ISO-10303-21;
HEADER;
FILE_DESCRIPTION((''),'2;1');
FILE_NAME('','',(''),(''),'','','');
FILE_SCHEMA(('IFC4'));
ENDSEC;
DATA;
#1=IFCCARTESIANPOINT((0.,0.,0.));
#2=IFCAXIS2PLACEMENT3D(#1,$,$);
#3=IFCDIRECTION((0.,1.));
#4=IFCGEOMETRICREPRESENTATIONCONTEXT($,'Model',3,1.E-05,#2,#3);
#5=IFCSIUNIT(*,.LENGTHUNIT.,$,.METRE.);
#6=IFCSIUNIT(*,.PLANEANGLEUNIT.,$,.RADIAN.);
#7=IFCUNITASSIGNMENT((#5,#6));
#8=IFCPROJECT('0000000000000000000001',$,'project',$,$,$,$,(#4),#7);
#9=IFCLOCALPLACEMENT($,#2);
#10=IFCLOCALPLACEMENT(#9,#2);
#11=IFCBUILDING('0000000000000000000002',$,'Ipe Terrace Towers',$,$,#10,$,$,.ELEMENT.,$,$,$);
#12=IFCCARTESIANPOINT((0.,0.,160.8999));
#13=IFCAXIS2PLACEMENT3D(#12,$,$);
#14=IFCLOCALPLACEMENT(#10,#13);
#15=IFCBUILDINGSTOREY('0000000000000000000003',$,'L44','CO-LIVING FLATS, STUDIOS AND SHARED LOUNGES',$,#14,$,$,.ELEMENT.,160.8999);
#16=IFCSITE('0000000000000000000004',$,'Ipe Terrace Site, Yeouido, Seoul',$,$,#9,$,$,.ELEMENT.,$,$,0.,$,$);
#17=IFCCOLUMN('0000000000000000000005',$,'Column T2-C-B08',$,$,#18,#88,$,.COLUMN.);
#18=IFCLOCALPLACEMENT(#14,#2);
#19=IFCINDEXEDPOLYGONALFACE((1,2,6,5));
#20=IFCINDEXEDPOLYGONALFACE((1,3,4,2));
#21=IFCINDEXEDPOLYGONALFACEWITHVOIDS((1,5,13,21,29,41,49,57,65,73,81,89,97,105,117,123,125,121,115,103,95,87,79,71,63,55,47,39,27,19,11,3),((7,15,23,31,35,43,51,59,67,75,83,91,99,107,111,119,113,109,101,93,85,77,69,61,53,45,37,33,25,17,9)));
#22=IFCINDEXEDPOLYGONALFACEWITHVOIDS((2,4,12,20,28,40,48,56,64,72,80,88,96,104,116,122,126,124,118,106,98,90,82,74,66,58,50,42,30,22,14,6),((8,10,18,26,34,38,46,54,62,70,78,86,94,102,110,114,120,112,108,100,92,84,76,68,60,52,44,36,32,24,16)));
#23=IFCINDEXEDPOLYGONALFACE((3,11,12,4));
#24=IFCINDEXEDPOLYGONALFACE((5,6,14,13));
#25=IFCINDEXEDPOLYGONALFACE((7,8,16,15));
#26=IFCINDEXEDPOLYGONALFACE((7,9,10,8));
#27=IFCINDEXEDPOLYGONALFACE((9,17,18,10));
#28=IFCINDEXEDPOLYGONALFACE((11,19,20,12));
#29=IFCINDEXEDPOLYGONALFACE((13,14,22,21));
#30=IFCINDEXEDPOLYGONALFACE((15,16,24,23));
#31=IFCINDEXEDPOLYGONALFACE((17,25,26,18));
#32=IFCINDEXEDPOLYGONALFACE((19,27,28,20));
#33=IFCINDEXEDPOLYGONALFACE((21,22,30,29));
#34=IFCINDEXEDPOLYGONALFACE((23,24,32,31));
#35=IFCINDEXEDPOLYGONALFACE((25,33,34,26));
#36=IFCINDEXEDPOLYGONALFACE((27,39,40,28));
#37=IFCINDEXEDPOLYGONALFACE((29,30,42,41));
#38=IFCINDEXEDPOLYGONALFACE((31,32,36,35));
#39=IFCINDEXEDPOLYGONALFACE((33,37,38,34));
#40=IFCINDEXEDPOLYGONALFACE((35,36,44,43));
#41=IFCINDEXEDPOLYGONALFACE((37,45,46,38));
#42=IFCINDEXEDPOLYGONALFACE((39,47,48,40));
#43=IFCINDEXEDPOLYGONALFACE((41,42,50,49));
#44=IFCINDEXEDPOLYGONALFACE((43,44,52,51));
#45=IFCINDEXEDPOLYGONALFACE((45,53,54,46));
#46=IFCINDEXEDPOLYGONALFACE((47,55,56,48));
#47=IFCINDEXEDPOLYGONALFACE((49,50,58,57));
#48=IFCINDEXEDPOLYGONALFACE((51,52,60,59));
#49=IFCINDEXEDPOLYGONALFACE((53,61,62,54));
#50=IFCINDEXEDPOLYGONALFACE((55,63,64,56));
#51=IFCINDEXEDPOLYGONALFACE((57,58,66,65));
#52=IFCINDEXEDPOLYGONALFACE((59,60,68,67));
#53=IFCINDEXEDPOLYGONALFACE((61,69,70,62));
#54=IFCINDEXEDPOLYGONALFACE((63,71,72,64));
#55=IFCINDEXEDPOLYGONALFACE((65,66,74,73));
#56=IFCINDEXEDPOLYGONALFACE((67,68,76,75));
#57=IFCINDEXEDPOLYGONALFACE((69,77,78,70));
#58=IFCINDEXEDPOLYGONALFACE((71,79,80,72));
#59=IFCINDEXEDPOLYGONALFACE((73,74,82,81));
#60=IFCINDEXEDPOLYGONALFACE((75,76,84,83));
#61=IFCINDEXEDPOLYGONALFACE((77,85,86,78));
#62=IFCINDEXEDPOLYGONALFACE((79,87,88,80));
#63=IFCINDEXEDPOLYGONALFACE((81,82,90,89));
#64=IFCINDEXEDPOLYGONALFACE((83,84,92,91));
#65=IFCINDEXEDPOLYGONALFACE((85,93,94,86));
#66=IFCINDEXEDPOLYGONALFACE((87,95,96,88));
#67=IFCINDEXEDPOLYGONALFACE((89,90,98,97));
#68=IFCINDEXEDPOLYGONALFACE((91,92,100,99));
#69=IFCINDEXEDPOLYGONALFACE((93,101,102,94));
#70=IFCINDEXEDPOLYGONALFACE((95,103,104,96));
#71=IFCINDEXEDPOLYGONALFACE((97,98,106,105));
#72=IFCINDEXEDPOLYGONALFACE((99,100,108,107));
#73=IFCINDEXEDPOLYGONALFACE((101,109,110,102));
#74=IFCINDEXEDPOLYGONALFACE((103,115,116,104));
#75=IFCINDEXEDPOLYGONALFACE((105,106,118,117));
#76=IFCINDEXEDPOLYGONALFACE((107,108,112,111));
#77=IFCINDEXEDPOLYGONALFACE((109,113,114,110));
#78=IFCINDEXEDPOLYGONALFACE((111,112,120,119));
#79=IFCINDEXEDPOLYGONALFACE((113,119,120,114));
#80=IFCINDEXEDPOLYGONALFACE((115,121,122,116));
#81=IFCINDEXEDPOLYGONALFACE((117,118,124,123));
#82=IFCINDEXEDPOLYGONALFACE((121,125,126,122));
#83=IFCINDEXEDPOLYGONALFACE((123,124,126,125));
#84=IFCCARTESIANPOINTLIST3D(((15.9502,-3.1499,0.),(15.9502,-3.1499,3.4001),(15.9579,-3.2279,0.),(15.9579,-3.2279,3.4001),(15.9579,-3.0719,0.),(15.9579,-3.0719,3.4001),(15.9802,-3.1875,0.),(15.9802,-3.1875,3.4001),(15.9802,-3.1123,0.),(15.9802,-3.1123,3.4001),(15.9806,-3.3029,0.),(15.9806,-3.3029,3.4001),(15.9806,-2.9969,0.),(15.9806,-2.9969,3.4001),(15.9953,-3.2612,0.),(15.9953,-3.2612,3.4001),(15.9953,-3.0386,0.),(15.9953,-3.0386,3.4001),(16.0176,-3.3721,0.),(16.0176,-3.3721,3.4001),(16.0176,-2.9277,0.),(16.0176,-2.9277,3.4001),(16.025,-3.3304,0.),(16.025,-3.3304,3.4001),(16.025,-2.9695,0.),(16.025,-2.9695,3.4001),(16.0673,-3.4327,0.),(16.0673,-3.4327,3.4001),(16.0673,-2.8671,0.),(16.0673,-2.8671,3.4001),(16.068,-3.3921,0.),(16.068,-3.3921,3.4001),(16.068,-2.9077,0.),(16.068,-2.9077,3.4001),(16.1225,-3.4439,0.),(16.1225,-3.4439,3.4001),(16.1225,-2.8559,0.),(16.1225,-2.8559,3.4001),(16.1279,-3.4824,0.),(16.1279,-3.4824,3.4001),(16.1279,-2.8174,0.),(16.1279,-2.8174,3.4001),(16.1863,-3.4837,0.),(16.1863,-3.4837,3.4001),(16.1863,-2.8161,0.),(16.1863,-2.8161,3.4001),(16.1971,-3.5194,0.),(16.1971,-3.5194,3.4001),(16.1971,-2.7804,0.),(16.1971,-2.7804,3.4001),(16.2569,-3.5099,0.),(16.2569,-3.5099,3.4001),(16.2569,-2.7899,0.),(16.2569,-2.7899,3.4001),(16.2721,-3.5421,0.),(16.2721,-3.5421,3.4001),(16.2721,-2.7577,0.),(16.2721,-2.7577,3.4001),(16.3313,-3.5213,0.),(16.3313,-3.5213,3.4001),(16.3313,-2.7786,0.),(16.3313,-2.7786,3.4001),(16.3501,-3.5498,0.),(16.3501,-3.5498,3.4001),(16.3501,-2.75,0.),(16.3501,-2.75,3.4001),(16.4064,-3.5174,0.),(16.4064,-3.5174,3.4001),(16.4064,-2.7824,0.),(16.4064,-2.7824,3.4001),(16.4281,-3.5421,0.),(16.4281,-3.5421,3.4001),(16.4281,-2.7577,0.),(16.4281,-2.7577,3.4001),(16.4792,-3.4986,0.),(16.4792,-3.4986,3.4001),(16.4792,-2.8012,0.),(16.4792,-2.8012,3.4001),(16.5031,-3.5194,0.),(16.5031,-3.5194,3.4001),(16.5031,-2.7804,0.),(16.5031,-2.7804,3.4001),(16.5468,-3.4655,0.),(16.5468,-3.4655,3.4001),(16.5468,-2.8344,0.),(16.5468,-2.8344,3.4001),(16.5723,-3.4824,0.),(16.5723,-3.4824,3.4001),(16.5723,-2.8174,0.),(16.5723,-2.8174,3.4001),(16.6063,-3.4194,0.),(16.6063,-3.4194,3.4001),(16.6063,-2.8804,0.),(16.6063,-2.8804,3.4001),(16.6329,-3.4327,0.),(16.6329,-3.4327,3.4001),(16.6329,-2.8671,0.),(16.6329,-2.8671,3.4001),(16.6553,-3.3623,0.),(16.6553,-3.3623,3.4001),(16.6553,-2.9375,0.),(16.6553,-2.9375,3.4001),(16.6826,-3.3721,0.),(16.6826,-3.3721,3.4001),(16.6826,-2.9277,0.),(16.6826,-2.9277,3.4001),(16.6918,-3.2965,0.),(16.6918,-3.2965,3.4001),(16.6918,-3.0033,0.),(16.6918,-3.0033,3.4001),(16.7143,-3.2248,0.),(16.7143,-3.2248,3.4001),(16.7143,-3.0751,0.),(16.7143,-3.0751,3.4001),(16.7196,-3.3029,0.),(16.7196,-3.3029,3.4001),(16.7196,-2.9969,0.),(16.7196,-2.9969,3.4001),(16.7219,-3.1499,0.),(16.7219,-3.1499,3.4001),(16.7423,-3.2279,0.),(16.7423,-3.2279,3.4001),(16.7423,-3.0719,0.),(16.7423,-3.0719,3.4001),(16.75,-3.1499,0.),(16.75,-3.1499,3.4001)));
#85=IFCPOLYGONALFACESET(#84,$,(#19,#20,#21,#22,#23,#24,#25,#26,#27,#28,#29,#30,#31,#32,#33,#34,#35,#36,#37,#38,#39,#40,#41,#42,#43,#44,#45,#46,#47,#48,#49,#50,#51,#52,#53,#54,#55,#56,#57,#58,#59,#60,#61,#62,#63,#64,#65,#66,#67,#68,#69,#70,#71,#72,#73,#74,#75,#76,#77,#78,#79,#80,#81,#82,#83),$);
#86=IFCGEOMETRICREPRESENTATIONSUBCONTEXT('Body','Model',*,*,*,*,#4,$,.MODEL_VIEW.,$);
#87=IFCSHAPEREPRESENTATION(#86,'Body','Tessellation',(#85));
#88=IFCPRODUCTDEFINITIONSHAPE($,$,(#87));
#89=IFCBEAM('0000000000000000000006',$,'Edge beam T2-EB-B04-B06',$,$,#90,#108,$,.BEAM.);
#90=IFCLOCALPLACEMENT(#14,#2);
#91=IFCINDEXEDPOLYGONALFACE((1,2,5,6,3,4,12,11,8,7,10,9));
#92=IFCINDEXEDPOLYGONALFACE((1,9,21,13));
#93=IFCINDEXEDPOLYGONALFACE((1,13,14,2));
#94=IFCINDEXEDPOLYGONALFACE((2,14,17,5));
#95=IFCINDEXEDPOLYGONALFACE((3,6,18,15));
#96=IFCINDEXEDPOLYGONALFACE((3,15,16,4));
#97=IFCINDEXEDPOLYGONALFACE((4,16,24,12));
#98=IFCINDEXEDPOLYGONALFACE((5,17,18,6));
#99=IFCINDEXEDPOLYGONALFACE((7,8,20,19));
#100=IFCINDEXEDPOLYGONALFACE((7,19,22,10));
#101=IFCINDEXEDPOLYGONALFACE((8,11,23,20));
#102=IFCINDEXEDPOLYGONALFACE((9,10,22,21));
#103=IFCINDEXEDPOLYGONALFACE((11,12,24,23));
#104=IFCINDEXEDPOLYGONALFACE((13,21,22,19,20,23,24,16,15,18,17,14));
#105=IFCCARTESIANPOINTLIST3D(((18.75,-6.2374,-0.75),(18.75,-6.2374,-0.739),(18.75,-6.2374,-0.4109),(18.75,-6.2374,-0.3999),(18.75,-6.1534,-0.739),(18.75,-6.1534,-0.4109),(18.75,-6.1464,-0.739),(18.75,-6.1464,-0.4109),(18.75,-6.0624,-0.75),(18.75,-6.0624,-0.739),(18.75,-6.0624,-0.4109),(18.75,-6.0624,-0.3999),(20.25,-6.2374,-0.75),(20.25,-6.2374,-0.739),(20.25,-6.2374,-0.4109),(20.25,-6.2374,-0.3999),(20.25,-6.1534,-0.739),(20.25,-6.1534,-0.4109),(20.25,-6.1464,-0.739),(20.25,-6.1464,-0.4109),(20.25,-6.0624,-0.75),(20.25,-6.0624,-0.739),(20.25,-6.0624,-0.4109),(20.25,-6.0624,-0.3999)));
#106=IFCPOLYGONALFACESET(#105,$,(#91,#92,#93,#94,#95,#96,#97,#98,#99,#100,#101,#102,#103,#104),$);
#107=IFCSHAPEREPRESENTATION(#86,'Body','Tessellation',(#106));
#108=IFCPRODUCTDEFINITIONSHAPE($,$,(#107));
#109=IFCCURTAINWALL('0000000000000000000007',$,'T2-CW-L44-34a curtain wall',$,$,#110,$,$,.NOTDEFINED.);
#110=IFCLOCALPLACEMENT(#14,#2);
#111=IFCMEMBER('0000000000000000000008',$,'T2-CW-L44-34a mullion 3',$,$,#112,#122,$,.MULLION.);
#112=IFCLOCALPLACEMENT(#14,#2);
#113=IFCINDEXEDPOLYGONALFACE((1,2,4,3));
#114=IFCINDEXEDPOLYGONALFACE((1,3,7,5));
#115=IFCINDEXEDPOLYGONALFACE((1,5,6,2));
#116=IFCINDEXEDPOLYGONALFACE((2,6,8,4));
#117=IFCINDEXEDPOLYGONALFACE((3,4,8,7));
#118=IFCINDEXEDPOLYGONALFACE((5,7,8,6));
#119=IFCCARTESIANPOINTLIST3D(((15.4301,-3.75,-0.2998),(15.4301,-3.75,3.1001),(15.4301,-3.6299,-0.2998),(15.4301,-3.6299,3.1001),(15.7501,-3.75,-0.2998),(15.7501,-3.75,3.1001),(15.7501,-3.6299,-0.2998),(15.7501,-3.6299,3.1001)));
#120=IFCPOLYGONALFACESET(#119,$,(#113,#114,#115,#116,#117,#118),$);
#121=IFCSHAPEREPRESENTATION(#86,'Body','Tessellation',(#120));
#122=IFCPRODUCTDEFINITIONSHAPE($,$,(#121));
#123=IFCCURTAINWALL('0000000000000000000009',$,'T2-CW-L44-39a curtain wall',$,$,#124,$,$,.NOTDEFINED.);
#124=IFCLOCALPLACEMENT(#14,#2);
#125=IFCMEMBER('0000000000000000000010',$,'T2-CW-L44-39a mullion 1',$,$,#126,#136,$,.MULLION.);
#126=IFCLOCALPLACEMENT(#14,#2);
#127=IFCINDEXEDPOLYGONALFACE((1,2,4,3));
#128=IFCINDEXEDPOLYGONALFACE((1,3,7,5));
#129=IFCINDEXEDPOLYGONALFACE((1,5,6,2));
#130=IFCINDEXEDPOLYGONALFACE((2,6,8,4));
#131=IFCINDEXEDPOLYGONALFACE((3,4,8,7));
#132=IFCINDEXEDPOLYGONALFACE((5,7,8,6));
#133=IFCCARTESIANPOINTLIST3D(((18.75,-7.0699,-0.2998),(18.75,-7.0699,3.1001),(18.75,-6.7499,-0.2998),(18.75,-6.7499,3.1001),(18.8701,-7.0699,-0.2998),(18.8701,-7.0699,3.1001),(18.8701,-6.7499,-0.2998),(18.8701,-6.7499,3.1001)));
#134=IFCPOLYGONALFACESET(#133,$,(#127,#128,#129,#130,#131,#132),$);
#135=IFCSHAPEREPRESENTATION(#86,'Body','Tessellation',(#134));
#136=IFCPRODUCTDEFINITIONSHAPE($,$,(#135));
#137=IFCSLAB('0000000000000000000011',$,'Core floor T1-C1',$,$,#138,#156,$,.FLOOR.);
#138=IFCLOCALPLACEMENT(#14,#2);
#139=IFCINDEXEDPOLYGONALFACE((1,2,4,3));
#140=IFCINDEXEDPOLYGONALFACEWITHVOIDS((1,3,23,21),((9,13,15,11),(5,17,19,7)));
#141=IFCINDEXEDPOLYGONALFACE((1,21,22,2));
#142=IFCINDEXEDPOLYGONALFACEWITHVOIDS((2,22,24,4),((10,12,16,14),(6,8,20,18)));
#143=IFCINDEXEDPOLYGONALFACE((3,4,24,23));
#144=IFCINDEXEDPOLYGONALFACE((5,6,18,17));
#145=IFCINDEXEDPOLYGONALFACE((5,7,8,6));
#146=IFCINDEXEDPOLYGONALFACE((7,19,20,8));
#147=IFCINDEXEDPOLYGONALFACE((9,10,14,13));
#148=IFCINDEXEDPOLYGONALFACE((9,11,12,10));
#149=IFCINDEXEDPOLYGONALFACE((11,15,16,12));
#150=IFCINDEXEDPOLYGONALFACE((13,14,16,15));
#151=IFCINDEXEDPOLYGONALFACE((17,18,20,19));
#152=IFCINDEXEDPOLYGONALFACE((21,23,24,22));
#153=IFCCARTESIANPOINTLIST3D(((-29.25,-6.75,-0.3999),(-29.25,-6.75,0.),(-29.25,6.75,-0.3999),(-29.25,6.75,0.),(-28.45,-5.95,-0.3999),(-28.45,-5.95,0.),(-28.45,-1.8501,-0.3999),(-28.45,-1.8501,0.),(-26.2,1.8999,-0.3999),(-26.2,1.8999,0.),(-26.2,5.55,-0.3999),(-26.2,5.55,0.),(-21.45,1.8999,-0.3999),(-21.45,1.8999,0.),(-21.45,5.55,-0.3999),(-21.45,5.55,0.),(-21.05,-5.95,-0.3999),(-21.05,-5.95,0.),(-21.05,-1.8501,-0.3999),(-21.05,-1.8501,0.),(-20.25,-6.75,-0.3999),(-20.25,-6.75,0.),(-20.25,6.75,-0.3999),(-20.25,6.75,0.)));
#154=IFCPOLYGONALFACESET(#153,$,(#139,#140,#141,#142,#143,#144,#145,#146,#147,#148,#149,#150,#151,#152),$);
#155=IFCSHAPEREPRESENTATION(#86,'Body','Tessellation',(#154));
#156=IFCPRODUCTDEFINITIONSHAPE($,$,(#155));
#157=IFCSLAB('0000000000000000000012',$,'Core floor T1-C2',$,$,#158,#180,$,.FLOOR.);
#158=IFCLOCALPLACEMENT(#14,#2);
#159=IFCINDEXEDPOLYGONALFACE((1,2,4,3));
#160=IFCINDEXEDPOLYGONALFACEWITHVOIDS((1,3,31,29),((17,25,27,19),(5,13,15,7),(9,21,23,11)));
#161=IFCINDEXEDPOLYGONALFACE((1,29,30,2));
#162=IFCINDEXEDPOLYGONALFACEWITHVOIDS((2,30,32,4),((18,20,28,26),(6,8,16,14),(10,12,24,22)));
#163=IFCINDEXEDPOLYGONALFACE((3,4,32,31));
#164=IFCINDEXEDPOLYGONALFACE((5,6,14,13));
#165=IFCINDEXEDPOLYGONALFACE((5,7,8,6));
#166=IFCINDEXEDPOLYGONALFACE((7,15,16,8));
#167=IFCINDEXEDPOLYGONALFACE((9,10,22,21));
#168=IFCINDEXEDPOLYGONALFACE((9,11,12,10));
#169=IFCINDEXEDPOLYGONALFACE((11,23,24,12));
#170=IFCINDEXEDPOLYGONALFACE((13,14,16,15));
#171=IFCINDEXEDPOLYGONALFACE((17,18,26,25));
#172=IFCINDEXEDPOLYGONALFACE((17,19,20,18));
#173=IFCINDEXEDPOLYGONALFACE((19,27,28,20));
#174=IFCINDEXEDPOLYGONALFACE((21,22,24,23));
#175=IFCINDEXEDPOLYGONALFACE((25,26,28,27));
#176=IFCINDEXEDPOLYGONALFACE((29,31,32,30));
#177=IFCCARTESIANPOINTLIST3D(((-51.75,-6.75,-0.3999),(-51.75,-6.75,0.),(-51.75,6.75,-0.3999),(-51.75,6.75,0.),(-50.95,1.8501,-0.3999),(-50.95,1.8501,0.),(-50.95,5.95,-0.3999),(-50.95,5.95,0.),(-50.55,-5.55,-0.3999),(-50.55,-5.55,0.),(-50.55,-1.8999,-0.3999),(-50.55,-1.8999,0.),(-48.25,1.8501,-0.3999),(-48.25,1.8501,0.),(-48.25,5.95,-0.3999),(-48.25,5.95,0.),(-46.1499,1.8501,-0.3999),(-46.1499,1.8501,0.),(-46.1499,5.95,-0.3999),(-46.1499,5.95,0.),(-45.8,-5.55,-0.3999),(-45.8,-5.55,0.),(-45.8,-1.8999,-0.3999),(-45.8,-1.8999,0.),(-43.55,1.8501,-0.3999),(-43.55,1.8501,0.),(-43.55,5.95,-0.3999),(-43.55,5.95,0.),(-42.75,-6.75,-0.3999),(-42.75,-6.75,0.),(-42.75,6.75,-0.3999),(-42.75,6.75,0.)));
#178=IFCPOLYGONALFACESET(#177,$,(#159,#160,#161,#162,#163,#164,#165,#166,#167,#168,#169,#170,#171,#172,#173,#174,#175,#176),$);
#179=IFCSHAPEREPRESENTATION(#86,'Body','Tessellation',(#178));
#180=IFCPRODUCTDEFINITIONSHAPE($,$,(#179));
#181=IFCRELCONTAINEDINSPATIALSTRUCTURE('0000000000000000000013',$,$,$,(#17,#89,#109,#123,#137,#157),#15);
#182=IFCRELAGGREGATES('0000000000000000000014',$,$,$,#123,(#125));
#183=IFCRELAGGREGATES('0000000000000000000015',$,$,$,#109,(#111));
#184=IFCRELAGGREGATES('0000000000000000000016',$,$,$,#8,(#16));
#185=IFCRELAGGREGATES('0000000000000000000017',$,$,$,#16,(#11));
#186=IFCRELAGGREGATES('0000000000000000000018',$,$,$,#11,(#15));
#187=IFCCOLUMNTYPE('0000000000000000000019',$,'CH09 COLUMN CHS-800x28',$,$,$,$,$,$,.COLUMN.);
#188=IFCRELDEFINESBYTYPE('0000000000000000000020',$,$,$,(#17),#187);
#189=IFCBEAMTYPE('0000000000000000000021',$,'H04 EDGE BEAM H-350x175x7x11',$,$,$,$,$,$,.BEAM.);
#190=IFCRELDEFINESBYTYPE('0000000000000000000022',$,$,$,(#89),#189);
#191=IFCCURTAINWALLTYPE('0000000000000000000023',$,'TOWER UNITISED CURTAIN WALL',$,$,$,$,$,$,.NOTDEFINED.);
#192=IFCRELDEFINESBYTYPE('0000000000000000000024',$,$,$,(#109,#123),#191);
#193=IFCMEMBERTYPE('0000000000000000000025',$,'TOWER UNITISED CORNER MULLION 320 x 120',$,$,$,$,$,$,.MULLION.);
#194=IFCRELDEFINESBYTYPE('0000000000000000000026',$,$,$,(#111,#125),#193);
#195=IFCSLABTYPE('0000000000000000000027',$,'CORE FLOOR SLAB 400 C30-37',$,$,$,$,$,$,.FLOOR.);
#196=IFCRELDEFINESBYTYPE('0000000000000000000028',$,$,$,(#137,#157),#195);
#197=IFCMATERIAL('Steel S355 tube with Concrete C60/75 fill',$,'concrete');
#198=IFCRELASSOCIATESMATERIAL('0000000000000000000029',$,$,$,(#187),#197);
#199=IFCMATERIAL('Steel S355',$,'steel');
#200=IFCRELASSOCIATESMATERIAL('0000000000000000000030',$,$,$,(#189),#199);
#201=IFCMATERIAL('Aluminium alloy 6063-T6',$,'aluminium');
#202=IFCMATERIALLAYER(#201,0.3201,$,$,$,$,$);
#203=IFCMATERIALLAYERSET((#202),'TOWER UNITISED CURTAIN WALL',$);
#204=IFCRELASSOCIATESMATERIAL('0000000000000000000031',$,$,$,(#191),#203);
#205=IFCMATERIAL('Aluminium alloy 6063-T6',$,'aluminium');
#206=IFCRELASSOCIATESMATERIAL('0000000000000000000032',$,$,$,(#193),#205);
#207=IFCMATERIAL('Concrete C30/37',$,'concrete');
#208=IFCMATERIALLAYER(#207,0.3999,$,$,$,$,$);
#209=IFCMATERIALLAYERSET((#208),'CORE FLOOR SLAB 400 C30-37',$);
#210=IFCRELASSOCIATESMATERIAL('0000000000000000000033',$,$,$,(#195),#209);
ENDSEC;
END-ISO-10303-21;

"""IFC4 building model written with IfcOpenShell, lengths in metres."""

from ifc_helpers import new_model, si_unit, direction, frame, origin, origin_2d, place, context, subcontext, project, spatial, polyline, rectangle, hollow_circle, i_section, outline, extrude, material, layer, layer_set, material_profile, profile_set, type_object, element, aggregate, save


model = new_model("IFC4")

# Units and contexts
model_context = context("Model", 3, precision=1e-05, world=origin(), true_north=direction((0.0, 1.0)))
body_context = subcontext(model_context, "Body", "Model", "MODEL_VIEW")
ifc_project = project(units=[si_unit("LENGTHUNIT", "METRE"), si_unit("PLANEANGLEUNIT", "RADIAN")], contexts=[model_context])

# Site, building, storey
site_placement = place(None, origin())
site = spatial("IfcSite", under=ifc_project, at=site_placement, Name="Ipe Terrace Site, Yeouido, Seoul", CompositionType="ELEMENT", RefElevation=0.0)
building_placement = place(site_placement, origin())
building = spatial("IfcBuilding", under=site, at=building_placement, Name="Ipe Terrace Towers", CompositionType="ELEMENT")
storey_placement = place(building_placement, frame((0.0, 0.0, 160.8999)))
storey = spatial("IfcBuildingStorey", under=building, at=storey_placement, Name="L44", Description="CO-LIVING FLATS, STUDIOS AND SHARED LOUNGES", CompositionType="ELEMENT", Elevation=160.8999)

# Column
ifc_material_1 = material(Name="Steel S355 tube with Concrete C60/75 fill", Category="concrete")
ifc_material_profile_1 = material_profile(ifc_material_1, hollow_circle(Radius=0.3999, WallThickness=0.0281, at=origin_2d()), Name="CHS-800x28")
ifc_profile_set_1 = profile_set([ifc_material_profile_1], Name="Steel S355 tube with Concrete C60/75 fill")
column_type = type_object("IfcColumnType", Name="CH09 COLUMN CHS-800x28", PredefinedType="COLUMN", material=ifc_profile_set_1)
for number, where, z_axis, x_axis, name in (
    (1, (16.3501, -3.1499, 0.0), (0.0, 0.0, 1.0), (1.0, 0.0, 0.0), "Column T2-C-B08"),
):
    element("IfcColumn", number, at=place(storey_placement, frame(where, z_axis=z_axis, x_axis=x_axis)), inside=storey, type_object=column_type, Name=name, PredefinedType="COLUMN", context=body_context, shape_type="SweptSolid", body=[
        extrude(hollow_circle(Radius=0.3999, WallThickness=0.0281, at=origin_2d()), origin(), (0.0, 0.0, 1.0), 3.4001),
    ])

# Beam
ifc_material_2 = material(Name="Steel S355", Category="steel")
ifc_material_profile_2 = material_profile(ifc_material_2, i_section(OverallWidth=0.175, OverallDepth=0.3501, WebThickness=0.0071, FlangeThickness=0.011, at=origin_2d()), Name="H-350x175x7x11")
ifc_profile_set_2 = profile_set([ifc_material_profile_2], Name="Steel S355")
beam_type = type_object("IfcBeamType", Name="H04 EDGE BEAM H-350x175x7x11", PredefinedType="BEAM", material=ifc_profile_set_2)
beam_placement = place(storey_placement, frame((20.25, -6.1499, -0.575), z_axis=(-1.0, 0.0, 0.0), x_axis=(0.0, -1.0, 0.0)))
element("IfcBeam", 2, at=beam_placement, inside=storey, type_object=beam_type, Name="Edge beam T2-EB-B04-B06", PredefinedType="BEAM", context=body_context, shape_type="SweptSolid", body=[
    extrude(i_section(OverallWidth=0.175, OverallDepth=0.3501, WebThickness=0.0071, FlangeThickness=0.011, at=origin_2d()), origin(), (0.0, 0.0, 1.0), 1.5),
])

# Curtain walls, members
ifc_material_3 = material(Name="Aluminium alloy 6063-T6", Category="aluminium")
ifc_layer_1 = layer(ifc_material_3, 0.3201)
ifc_layer_set_1 = layer_set([ifc_layer_1], Name="TOWER UNITISED CURTAIN WALL")
curtain_wall_type = type_object("IfcCurtainWallType", Name="TOWER UNITISED CURTAIN WALL", PredefinedType="NOTDEFINED", material=ifc_layer_set_1)
curtain_wall_1_placement = place(storey_placement, origin())
curtain_wall_1 = element("IfcCurtainWall", 3, at=curtain_wall_1_placement, inside=storey, type_object=curtain_wall_type, Name="T2-CW-L44-34a curtain wall", PredefinedType="NOTDEFINED")
ifc_material_4 = material(Name="Aluminium alloy 6063-T6", Category="aluminium")
ifc_material_profile_3 = material_profile(ifc_material_4, rectangle(XDim=0.3201, YDim=0.1201, at=origin_2d()), Name="TOWER UNITISED CORNER MULLION 320 x 120")
ifc_profile_set_3 = profile_set([ifc_material_profile_3], Name="Aluminium alloy 6063-T6")
member_type = type_object("IfcMemberType", Name="TOWER UNITISED CORNER MULLION 320 x 120", PredefinedType="MULLION", material=ifc_profile_set_3)
member_1_placement = place(storey_placement, frame((15.5901, -3.6899, -0.2998), z_axis=(0.0, 0.0, 1.0), x_axis=(-1.0, 0.0, 0.0)))
member_1 = element("IfcMember", 4, at=member_1_placement, type_object=member_type, Name="T2-CW-L44-34a mullion 3", PredefinedType="MULLION", context=body_context, shape_type="SweptSolid", body=[
    extrude(rectangle(XDim=0.3201, YDim=0.1201, at=origin_2d()), origin(), (0.0, 0.0, 1.0), 3.3999),
])
curtain_wall_2_placement = place(storey_placement, origin())
curtain_wall_2 = element("IfcCurtainWall", 5, at=curtain_wall_2_placement, inside=storey, type_object=curtain_wall_type, Name="T2-CW-L44-39a curtain wall", PredefinedType="NOTDEFINED")
member_2_placement = place(storey_placement, frame((18.8101, -6.9099, -0.2998), z_axis=(0.0, 0.0, 1.0), x_axis=(0.0, -1.0, 0.0)))
member_2 = element("IfcMember", 6, at=member_2_placement, type_object=member_type, Name="T2-CW-L44-39a mullion 1", PredefinedType="MULLION", context=body_context, shape_type="SweptSolid", body=[
    extrude(rectangle(XDim=0.3201, YDim=0.1201, at=origin_2d()), origin(), (0.0, 0.0, 1.0), 3.3999),
])
aggregate(curtain_wall_2, [member_2])

# Slabs
ifc_material_5 = material(Name="Concrete C30/37", Category="concrete")
ifc_layer_2 = layer(ifc_material_5, 0.3999)
ifc_layer_set_2 = layer_set([ifc_layer_2], Name="CORE FLOOR SLAB 400 C30-37")
slab_type_1 = type_object("IfcSlabType", Name="CORE FLOOR SLAB 400 C30-37", PredefinedType="FLOOR", material=ifc_layer_set_2)
slab_1_placement = place(storey_placement, frame((0.0, 0.0, -0.3999)))
element("IfcSlab", 7, at=slab_1_placement, inside=storey, type_object=slab_type_1, Name="Core floor T1-C1", PredefinedType="FLOOR", context=body_context, shape_type="SweptSolid", body=[
    extrude(outline(polyline([(-29.25, -6.75), (-29.25, 6.75), (-20.25, 6.75), (-20.25, -6.75), (-29.25, -6.75)]), holes=[polyline([(-28.45, -5.95), (-21.05, -5.95), (-21.05, -1.8501), (-28.45, -1.8501), (-28.45, -5.95)]), polyline([(-26.2, 5.55), (-26.2, 1.8999), (-21.45, 1.8999), (-21.45, 5.55), (-26.2, 5.55)])]), origin(), (0.0, 0.0, 1.0), 0.3999),
])
slab_2_placement = place(storey_placement, frame((0.0, 0.0, -0.3999)))
element("IfcSlab", 8, at=slab_2_placement, inside=storey, type_object=slab_type_1, Name="Core floor T1-C2", PredefinedType="FLOOR", context=body_context, shape_type="SweptSolid", body=[
    extrude(outline(polyline([(-51.75, -6.75), (-51.75, 6.75), (-42.75, 6.75), (-42.75, -6.75), (-51.75, -6.75)]), holes=[polyline([(-45.8, -1.8999), (-50.55, -1.8999), (-50.55, -5.55), (-45.8, -5.55), (-45.8, -1.8999)]), polyline([(-48.25, 1.8501), (-48.25, 5.95), (-50.95, 5.95), (-50.95, 1.8501), (-48.25, 1.8501)]), polyline([(-43.55, 1.8501), (-43.55, 5.95), (-46.1499, 5.95), (-46.1499, 1.8501), (-43.55, 1.8501)])]), origin(), (0.0, 0.0, 1.0), 0.3999),
])

aggregate(curtain_wall_1, [member_1])

save(model, "model.ifc")
